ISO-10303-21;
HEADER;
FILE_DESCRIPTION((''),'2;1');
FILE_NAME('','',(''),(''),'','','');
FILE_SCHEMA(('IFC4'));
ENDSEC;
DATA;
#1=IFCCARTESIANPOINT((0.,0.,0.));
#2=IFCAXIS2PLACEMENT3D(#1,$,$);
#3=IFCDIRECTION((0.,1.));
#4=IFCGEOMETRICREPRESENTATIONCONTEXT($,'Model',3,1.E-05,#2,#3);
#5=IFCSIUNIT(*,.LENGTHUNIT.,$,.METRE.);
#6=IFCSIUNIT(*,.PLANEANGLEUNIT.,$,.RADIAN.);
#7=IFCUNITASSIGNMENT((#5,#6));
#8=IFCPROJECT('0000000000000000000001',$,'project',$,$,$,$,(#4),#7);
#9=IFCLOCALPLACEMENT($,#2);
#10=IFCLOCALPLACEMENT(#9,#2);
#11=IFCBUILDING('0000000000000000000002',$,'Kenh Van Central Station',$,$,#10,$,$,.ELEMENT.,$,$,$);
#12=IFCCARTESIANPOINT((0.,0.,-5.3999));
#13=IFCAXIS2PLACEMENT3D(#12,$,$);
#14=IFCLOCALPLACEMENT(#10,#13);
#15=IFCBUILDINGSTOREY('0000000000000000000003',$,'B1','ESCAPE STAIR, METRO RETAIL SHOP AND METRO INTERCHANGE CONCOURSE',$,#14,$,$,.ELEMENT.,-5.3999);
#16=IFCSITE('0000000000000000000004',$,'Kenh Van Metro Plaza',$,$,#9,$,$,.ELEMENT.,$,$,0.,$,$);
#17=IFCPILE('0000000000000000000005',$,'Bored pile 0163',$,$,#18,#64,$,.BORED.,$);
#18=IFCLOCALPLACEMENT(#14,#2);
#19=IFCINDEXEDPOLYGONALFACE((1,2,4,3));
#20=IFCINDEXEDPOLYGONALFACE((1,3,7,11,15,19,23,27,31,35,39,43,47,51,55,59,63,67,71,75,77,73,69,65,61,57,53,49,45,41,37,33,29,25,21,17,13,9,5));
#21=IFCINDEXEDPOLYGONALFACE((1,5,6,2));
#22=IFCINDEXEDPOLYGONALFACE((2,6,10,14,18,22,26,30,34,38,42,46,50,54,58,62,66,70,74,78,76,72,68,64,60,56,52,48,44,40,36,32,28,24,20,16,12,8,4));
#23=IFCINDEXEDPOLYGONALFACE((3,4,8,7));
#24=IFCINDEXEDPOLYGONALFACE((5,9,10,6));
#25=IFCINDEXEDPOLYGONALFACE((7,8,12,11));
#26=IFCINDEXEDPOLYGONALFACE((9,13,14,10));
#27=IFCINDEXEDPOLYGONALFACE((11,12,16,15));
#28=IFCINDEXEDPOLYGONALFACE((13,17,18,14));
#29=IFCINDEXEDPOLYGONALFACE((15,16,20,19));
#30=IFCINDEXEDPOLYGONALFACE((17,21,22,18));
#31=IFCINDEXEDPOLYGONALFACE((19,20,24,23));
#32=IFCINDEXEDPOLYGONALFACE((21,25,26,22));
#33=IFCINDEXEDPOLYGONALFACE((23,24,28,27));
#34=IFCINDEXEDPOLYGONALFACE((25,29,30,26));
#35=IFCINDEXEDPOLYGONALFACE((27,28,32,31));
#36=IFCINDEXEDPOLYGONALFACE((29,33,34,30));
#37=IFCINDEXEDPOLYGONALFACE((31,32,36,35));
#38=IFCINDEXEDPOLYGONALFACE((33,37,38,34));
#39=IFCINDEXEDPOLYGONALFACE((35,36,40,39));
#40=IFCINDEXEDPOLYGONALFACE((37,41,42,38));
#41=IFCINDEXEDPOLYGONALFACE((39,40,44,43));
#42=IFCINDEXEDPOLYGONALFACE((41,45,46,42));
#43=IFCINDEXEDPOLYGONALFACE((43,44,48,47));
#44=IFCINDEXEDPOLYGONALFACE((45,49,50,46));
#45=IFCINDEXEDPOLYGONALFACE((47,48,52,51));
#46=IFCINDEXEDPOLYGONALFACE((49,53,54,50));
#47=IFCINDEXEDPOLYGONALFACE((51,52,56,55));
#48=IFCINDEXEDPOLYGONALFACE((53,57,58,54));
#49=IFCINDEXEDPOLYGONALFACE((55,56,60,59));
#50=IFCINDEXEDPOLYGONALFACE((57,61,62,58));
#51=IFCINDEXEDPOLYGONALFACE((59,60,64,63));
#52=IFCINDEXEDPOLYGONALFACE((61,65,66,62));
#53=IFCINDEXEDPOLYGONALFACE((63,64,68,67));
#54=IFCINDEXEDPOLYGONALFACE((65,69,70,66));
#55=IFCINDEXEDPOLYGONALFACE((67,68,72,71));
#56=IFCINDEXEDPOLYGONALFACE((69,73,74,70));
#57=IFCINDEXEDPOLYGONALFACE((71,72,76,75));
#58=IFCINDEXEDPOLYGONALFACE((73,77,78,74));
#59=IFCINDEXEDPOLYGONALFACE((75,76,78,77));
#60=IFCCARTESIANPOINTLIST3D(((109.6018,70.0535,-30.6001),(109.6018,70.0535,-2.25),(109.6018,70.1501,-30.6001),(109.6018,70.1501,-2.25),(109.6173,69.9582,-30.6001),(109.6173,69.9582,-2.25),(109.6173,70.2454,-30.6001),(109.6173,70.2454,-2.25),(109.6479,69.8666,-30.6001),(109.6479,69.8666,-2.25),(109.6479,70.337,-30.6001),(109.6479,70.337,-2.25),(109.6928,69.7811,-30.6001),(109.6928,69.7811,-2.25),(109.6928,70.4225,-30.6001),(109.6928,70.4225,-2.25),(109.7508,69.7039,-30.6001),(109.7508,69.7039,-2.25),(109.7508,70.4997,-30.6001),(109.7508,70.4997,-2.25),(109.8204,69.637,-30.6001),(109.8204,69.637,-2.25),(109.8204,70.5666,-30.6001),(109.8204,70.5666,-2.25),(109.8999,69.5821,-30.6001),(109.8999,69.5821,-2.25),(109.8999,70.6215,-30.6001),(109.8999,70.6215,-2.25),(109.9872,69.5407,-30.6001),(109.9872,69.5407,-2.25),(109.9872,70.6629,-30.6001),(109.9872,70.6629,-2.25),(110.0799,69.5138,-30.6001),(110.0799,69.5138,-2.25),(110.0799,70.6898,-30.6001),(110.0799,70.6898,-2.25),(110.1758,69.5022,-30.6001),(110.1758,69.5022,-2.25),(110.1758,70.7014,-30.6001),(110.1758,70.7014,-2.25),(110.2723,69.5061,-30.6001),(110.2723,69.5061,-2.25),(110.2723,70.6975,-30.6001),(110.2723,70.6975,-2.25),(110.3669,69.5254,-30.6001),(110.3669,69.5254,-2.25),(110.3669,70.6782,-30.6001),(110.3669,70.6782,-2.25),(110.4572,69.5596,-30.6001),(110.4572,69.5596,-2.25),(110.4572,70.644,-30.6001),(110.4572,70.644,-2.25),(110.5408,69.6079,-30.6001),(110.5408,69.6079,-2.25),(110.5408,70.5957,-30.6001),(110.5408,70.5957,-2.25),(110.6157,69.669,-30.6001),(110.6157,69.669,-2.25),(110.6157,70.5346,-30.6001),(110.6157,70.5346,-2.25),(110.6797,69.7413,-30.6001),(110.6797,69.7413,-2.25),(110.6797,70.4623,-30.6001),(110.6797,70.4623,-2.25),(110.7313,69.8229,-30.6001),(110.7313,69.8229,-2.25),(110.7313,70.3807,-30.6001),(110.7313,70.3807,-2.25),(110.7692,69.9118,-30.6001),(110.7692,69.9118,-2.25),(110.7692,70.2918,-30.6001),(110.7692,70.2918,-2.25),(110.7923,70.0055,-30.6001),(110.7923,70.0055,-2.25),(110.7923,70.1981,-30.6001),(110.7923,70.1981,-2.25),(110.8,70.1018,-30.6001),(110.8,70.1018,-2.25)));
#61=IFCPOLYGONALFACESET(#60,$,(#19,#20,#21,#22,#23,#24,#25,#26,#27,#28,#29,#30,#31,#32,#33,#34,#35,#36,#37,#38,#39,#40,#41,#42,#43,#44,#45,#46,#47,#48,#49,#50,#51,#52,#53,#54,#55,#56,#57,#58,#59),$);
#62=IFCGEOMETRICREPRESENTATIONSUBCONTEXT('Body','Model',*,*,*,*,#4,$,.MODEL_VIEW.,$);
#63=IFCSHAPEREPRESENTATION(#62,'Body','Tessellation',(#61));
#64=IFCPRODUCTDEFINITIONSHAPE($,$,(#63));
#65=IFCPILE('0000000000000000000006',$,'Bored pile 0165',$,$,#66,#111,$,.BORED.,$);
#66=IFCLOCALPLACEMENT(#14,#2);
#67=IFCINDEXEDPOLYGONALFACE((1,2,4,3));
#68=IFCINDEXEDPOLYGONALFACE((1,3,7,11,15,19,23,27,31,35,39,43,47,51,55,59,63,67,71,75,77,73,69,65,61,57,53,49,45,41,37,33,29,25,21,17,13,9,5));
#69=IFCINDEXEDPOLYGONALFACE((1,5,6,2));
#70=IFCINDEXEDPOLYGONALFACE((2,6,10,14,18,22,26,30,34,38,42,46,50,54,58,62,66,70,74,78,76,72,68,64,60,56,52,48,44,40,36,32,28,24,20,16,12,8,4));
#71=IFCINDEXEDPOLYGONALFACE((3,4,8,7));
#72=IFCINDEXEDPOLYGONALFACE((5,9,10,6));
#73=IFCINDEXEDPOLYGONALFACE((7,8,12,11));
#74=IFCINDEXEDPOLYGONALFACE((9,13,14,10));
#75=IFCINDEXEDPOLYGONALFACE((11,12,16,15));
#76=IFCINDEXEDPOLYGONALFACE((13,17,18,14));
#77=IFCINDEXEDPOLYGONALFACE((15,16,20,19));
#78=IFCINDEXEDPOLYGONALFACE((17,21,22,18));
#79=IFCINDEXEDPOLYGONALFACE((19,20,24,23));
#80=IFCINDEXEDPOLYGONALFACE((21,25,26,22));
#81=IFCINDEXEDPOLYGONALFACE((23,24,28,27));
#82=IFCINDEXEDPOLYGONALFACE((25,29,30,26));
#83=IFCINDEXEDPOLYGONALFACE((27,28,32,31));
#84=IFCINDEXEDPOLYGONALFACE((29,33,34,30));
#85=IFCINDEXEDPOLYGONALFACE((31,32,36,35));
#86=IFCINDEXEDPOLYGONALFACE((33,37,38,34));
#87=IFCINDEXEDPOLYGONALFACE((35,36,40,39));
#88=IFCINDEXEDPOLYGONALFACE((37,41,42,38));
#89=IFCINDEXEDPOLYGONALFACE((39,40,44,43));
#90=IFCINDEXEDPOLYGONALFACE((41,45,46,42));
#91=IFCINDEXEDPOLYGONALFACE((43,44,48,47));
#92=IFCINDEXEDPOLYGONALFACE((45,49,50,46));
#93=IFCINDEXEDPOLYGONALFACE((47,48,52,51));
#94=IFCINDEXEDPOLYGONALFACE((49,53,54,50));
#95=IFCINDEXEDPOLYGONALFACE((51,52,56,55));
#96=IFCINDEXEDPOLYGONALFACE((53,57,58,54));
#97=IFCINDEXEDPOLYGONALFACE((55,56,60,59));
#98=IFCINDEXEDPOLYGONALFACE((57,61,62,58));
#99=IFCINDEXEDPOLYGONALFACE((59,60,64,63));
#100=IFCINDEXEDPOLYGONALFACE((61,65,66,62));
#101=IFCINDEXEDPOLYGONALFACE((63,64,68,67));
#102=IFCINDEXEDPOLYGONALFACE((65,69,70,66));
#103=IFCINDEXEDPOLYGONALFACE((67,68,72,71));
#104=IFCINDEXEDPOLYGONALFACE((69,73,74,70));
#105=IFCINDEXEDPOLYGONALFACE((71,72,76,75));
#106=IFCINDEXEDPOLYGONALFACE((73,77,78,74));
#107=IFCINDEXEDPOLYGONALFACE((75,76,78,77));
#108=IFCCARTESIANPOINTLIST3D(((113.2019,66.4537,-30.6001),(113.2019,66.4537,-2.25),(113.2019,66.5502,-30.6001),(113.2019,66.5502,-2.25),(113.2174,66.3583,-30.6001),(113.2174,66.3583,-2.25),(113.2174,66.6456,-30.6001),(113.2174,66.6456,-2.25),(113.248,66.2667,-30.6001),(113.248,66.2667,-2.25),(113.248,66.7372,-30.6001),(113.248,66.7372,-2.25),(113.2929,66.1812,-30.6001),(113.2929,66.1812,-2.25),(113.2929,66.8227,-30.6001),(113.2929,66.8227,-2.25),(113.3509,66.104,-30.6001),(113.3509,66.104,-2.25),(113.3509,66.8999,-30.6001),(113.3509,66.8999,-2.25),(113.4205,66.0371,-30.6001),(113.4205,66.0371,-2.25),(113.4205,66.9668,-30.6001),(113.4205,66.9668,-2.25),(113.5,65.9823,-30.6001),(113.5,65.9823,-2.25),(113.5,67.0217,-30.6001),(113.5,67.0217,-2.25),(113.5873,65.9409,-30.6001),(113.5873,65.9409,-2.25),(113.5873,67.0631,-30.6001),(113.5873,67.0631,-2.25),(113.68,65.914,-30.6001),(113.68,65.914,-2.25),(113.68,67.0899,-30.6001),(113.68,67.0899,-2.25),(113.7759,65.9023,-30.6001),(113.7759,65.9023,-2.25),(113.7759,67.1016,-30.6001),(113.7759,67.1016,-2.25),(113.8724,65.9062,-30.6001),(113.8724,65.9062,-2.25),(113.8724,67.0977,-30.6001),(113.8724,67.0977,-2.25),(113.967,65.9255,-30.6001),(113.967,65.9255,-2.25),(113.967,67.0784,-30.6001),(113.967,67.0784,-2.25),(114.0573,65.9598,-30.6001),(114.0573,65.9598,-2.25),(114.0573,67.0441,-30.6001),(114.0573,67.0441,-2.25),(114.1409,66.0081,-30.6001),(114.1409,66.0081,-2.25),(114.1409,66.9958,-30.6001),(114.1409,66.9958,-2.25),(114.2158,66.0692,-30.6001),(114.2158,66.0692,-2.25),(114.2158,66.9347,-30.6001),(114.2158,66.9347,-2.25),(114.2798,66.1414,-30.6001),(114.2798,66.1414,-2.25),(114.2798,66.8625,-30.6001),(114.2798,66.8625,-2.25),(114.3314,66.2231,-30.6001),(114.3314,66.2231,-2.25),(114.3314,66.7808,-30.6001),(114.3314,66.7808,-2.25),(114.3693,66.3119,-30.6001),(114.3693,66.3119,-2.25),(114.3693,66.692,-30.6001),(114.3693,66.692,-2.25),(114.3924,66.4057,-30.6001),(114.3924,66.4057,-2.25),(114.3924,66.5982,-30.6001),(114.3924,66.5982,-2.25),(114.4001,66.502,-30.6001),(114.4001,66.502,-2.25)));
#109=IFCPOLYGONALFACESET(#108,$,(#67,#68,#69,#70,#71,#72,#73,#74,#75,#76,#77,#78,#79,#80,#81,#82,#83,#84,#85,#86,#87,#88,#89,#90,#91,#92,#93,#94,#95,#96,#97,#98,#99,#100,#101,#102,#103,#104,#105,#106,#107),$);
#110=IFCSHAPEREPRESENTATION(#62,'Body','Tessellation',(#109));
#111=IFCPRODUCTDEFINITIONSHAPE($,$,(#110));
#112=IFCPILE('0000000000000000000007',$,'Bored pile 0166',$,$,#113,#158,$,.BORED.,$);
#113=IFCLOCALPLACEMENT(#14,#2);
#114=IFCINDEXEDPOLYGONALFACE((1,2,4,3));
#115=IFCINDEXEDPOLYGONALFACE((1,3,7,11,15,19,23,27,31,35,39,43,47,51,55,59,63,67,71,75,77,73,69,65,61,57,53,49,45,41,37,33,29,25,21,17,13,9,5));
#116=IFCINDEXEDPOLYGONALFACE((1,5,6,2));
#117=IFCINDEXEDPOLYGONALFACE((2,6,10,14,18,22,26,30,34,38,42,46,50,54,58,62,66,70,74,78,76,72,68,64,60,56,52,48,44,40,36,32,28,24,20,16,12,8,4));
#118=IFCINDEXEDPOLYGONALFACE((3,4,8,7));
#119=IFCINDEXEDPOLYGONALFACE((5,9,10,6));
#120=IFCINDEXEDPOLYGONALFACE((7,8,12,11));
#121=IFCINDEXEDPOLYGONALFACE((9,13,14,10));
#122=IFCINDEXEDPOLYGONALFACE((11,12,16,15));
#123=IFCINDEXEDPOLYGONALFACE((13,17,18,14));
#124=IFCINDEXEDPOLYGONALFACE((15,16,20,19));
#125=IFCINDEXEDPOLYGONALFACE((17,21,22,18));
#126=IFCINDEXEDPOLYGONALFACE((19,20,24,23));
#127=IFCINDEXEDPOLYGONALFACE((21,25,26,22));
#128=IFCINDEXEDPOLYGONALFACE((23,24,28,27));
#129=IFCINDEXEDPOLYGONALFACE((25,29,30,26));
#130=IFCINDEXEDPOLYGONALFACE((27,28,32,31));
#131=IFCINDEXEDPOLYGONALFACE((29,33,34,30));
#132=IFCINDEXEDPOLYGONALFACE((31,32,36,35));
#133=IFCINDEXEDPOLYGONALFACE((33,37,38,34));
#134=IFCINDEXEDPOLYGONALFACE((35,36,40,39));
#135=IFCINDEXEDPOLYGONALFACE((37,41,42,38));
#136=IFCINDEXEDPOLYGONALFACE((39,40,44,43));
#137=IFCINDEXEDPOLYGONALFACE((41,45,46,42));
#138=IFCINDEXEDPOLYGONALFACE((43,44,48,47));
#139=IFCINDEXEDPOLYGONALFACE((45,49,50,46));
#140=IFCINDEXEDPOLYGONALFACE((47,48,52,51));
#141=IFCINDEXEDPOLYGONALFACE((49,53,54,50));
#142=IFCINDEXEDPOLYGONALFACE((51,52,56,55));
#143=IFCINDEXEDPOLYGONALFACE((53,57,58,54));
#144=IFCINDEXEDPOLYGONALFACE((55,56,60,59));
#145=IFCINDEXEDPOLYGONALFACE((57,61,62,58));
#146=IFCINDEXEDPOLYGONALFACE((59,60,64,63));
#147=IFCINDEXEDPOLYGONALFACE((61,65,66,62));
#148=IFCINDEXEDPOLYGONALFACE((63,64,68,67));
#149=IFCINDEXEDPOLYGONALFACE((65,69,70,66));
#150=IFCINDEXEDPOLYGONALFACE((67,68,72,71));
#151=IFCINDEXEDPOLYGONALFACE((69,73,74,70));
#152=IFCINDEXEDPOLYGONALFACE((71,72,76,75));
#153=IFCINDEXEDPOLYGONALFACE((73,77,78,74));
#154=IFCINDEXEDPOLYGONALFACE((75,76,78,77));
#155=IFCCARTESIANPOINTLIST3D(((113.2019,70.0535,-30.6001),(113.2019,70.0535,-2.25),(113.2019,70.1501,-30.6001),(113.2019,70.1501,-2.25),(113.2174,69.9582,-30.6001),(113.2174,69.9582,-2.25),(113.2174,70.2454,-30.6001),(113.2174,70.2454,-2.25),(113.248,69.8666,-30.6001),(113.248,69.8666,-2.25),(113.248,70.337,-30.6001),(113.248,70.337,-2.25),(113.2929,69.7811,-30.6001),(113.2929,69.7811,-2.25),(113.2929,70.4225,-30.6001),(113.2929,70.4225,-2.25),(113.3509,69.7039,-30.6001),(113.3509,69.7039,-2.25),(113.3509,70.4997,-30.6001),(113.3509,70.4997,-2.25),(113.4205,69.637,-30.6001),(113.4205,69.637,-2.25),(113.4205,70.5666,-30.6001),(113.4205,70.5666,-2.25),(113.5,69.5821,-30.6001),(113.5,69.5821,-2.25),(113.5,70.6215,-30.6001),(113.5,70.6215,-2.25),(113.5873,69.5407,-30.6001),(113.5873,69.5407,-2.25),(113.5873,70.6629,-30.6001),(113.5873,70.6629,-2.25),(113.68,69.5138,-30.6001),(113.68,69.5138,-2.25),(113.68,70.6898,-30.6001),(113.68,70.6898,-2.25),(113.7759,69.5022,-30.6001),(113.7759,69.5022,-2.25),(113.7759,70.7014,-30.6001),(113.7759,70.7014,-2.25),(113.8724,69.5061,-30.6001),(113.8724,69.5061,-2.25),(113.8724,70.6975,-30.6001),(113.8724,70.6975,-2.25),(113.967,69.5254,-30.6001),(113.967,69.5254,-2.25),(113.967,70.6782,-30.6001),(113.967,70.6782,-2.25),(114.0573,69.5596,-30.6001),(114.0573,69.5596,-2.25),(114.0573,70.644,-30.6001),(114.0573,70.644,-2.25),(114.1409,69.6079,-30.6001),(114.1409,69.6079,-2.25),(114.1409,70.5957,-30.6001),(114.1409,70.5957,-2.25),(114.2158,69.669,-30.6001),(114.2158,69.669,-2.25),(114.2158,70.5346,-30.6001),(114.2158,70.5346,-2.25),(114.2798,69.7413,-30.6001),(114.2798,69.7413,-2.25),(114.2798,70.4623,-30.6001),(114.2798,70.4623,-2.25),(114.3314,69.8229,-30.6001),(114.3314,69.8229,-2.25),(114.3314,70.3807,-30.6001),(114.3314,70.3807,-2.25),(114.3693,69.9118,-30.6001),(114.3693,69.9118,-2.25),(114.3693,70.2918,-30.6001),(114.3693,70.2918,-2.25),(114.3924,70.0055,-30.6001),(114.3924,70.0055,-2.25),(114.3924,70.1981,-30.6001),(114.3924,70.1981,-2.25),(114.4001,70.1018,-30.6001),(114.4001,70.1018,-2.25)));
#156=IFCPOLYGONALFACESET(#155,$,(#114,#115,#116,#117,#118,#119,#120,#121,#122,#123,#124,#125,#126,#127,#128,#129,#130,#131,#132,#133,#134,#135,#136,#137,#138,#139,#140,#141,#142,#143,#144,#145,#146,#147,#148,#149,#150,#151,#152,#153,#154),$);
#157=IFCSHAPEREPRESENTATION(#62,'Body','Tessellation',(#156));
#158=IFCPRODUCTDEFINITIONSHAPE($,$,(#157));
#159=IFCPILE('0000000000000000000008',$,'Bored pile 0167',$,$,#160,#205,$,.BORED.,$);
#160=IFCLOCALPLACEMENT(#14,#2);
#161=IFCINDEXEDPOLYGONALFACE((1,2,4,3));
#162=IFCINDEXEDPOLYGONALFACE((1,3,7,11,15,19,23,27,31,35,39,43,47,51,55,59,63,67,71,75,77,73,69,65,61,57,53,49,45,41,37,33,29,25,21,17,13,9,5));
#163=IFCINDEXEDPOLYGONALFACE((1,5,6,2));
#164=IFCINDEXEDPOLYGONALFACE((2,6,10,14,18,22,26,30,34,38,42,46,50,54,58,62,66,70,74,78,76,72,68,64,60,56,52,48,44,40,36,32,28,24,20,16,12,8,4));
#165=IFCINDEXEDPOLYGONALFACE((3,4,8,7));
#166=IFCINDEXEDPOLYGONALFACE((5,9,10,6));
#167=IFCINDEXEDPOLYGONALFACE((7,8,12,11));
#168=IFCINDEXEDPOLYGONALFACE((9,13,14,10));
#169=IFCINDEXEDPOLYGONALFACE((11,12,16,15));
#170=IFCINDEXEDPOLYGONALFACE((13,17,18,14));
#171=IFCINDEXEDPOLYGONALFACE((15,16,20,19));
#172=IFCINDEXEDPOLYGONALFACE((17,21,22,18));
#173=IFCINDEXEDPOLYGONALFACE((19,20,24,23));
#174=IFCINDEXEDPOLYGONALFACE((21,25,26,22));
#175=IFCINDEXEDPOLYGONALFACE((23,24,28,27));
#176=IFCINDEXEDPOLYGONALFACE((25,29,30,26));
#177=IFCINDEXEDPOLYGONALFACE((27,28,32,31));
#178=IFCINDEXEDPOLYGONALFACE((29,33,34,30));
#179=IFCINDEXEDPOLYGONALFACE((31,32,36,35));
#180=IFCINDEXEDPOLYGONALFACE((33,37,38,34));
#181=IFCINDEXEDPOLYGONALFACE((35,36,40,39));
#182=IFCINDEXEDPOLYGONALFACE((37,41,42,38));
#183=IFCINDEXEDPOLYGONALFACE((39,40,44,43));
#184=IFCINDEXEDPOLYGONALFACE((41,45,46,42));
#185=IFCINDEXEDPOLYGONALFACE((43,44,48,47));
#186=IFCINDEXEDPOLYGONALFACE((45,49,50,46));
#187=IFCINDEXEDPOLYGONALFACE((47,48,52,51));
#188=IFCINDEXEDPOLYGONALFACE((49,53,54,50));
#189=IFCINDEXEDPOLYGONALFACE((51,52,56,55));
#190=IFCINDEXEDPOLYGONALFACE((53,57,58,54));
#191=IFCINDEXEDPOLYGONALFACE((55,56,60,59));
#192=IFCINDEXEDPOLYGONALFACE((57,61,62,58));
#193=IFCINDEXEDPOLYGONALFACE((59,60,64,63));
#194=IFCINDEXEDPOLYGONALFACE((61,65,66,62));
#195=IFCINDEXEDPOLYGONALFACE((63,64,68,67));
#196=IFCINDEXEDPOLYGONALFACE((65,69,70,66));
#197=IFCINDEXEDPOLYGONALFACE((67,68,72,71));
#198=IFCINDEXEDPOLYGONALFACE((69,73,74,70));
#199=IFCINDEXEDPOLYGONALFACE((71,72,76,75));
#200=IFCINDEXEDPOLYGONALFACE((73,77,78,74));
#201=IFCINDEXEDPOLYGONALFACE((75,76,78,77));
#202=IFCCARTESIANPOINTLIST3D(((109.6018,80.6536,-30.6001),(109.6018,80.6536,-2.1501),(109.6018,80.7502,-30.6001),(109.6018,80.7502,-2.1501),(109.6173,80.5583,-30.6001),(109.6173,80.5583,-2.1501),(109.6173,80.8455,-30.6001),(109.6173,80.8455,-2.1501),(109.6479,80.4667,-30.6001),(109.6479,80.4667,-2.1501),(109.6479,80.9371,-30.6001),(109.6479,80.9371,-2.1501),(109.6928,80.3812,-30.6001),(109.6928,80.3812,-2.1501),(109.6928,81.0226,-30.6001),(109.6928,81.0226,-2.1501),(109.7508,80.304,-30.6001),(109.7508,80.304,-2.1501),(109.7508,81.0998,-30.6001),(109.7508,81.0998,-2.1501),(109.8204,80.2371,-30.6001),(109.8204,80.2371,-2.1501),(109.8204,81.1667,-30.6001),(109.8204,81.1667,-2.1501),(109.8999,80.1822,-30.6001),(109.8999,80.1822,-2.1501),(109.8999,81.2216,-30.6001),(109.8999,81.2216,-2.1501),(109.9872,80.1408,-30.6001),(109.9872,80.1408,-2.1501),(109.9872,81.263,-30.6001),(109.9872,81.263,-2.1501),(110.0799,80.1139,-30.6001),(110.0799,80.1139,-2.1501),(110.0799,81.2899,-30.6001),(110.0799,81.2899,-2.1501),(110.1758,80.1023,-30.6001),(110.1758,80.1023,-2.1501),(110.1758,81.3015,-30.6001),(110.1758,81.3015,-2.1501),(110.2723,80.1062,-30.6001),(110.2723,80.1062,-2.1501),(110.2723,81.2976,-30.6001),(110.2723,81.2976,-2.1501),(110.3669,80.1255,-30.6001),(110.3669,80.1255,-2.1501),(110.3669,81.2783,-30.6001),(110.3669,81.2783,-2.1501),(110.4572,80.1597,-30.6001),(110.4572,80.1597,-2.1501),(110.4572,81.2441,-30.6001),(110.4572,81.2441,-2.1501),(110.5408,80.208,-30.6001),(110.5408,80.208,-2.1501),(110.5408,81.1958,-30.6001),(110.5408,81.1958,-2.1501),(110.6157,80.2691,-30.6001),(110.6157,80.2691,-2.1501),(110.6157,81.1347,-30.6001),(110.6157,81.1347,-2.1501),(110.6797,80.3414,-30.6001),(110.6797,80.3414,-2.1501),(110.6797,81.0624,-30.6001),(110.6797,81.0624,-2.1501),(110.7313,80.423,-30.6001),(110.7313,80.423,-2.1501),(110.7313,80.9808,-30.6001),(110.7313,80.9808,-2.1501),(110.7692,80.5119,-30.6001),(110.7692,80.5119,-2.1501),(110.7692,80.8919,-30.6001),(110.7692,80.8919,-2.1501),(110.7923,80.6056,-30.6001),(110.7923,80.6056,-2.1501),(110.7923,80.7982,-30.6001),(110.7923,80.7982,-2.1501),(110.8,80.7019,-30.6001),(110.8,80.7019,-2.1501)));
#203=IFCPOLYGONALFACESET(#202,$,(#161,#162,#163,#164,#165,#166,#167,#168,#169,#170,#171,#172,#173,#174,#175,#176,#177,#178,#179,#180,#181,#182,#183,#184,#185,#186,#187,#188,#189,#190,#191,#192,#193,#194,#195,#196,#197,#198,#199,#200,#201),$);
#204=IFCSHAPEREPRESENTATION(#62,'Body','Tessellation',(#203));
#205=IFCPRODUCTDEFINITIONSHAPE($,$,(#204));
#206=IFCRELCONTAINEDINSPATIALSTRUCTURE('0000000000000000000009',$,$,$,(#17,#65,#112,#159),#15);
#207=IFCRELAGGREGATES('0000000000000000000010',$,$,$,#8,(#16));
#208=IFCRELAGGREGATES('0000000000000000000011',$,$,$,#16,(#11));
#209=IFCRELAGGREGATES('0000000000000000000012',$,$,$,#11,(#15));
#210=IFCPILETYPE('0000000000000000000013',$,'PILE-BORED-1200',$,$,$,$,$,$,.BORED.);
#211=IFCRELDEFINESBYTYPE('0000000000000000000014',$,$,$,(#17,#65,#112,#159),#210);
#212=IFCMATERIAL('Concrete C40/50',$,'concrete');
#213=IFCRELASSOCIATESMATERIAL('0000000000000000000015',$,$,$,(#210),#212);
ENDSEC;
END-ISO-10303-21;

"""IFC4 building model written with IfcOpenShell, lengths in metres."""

from ifc_helpers import new_model, si_unit, direction, frame, origin, origin_2d, place, context, subcontext, project, spatial, circle, extrude, material, material_profile, profile_set, type_object, element, save


model = new_model("IFC4")

# Units and contexts
model_context = context("Model", 3, precision=1e-05, world=origin(), true_north=direction((0.0, 1.0)))
body_context = subcontext(model_context, "Body", "Model", "MODEL_VIEW")
ifc_project = project(units=[si_unit("LENGTHUNIT", "METRE"), si_unit("PLANEANGLEUNIT", "RADIAN")], contexts=[model_context])

# Site, building, storey
site_placement = place(None, origin())
site = spatial("IfcSite", under=ifc_project, at=site_placement, Name="Kenh Van Metro Plaza", CompositionType="ELEMENT", RefElevation=0.0)
building_placement = place(site_placement, origin())
building = spatial("IfcBuilding", under=site, at=building_placement, Name="Kenh Van Central Station", CompositionType="ELEMENT")
storey_placement = place(building_placement, frame((0.0, 0.0, -5.3999)))
storey = spatial("IfcBuildingStorey", under=building, at=storey_placement, Name="B1", Description="ESCAPE STAIR, METRO RETAIL SHOP AND METRO INTERCHANGE CONCOURSE", CompositionType="ELEMENT", Elevation=-5.3999)

# Shared definitions
ifc_material = material(Name="Concrete C40/50", Category="concrete")

# Piles
ifc_material_profile_1 = material_profile(ifc_material, circle(Radius=0.6001, at=origin_2d()), Name="PILE D1200")
ifc_profile_set_1 = profile_set([ifc_material_profile_1], Name="Concrete C40/50")
pile_type_1 = type_object("IfcPileType", Name="PILE-BORED-1200", PredefinedType="BORED", material=ifc_profile_set_1)
for number, where, z_axis, x_axis, name in (
    (1, (110.2, 70.1018, -2.25), (0.0, 0.0, -1.0), (1.0, 0.0, 0.0), "Bored pile 0163"),
    (2, (113.8, 66.502, -2.25), (0.0, 0.0, -1.0), (1.0, 0.0, 0.0), "Bored pile 0165"),
    (3, (113.8, 70.1018, -2.25), (0.0, 0.0, -1.0), (1.0, 0.0, 0.0), "Bored pile 0166"),
):
    element("IfcPile", number, at=place(storey_placement, frame(where, z_axis=z_axis, x_axis=x_axis)), inside=storey, type_object=pile_type_1, Name=name, PredefinedType="BORED", context=body_context, shape_type="SweptSolid", body=[
        extrude(circle(Radius=0.6001, at=origin_2d()), origin(), (0.0, 0.0, 1.0), 28.3501),
    ])
for number, where, z_axis, x_axis, name in (
    (4, (110.2, 80.7019, -2.1501), (0.0, 0.0, -1.0), (1.0, 0.0, 0.0), "Bored pile 0167"),
):
    element("IfcPile", number, at=place(storey_placement, frame(where, z_axis=z_axis, x_axis=x_axis)), inside=storey, type_object=pile_type_1, Name=name, PredefinedType="BORED", context=body_context, shape_type="SweptSolid", body=[
        extrude(circle(Radius=0.6001, at=origin_2d()), origin(), (0.0, 0.0, 1.0), 28.45),
    ])

save(model, "model.ifc")
